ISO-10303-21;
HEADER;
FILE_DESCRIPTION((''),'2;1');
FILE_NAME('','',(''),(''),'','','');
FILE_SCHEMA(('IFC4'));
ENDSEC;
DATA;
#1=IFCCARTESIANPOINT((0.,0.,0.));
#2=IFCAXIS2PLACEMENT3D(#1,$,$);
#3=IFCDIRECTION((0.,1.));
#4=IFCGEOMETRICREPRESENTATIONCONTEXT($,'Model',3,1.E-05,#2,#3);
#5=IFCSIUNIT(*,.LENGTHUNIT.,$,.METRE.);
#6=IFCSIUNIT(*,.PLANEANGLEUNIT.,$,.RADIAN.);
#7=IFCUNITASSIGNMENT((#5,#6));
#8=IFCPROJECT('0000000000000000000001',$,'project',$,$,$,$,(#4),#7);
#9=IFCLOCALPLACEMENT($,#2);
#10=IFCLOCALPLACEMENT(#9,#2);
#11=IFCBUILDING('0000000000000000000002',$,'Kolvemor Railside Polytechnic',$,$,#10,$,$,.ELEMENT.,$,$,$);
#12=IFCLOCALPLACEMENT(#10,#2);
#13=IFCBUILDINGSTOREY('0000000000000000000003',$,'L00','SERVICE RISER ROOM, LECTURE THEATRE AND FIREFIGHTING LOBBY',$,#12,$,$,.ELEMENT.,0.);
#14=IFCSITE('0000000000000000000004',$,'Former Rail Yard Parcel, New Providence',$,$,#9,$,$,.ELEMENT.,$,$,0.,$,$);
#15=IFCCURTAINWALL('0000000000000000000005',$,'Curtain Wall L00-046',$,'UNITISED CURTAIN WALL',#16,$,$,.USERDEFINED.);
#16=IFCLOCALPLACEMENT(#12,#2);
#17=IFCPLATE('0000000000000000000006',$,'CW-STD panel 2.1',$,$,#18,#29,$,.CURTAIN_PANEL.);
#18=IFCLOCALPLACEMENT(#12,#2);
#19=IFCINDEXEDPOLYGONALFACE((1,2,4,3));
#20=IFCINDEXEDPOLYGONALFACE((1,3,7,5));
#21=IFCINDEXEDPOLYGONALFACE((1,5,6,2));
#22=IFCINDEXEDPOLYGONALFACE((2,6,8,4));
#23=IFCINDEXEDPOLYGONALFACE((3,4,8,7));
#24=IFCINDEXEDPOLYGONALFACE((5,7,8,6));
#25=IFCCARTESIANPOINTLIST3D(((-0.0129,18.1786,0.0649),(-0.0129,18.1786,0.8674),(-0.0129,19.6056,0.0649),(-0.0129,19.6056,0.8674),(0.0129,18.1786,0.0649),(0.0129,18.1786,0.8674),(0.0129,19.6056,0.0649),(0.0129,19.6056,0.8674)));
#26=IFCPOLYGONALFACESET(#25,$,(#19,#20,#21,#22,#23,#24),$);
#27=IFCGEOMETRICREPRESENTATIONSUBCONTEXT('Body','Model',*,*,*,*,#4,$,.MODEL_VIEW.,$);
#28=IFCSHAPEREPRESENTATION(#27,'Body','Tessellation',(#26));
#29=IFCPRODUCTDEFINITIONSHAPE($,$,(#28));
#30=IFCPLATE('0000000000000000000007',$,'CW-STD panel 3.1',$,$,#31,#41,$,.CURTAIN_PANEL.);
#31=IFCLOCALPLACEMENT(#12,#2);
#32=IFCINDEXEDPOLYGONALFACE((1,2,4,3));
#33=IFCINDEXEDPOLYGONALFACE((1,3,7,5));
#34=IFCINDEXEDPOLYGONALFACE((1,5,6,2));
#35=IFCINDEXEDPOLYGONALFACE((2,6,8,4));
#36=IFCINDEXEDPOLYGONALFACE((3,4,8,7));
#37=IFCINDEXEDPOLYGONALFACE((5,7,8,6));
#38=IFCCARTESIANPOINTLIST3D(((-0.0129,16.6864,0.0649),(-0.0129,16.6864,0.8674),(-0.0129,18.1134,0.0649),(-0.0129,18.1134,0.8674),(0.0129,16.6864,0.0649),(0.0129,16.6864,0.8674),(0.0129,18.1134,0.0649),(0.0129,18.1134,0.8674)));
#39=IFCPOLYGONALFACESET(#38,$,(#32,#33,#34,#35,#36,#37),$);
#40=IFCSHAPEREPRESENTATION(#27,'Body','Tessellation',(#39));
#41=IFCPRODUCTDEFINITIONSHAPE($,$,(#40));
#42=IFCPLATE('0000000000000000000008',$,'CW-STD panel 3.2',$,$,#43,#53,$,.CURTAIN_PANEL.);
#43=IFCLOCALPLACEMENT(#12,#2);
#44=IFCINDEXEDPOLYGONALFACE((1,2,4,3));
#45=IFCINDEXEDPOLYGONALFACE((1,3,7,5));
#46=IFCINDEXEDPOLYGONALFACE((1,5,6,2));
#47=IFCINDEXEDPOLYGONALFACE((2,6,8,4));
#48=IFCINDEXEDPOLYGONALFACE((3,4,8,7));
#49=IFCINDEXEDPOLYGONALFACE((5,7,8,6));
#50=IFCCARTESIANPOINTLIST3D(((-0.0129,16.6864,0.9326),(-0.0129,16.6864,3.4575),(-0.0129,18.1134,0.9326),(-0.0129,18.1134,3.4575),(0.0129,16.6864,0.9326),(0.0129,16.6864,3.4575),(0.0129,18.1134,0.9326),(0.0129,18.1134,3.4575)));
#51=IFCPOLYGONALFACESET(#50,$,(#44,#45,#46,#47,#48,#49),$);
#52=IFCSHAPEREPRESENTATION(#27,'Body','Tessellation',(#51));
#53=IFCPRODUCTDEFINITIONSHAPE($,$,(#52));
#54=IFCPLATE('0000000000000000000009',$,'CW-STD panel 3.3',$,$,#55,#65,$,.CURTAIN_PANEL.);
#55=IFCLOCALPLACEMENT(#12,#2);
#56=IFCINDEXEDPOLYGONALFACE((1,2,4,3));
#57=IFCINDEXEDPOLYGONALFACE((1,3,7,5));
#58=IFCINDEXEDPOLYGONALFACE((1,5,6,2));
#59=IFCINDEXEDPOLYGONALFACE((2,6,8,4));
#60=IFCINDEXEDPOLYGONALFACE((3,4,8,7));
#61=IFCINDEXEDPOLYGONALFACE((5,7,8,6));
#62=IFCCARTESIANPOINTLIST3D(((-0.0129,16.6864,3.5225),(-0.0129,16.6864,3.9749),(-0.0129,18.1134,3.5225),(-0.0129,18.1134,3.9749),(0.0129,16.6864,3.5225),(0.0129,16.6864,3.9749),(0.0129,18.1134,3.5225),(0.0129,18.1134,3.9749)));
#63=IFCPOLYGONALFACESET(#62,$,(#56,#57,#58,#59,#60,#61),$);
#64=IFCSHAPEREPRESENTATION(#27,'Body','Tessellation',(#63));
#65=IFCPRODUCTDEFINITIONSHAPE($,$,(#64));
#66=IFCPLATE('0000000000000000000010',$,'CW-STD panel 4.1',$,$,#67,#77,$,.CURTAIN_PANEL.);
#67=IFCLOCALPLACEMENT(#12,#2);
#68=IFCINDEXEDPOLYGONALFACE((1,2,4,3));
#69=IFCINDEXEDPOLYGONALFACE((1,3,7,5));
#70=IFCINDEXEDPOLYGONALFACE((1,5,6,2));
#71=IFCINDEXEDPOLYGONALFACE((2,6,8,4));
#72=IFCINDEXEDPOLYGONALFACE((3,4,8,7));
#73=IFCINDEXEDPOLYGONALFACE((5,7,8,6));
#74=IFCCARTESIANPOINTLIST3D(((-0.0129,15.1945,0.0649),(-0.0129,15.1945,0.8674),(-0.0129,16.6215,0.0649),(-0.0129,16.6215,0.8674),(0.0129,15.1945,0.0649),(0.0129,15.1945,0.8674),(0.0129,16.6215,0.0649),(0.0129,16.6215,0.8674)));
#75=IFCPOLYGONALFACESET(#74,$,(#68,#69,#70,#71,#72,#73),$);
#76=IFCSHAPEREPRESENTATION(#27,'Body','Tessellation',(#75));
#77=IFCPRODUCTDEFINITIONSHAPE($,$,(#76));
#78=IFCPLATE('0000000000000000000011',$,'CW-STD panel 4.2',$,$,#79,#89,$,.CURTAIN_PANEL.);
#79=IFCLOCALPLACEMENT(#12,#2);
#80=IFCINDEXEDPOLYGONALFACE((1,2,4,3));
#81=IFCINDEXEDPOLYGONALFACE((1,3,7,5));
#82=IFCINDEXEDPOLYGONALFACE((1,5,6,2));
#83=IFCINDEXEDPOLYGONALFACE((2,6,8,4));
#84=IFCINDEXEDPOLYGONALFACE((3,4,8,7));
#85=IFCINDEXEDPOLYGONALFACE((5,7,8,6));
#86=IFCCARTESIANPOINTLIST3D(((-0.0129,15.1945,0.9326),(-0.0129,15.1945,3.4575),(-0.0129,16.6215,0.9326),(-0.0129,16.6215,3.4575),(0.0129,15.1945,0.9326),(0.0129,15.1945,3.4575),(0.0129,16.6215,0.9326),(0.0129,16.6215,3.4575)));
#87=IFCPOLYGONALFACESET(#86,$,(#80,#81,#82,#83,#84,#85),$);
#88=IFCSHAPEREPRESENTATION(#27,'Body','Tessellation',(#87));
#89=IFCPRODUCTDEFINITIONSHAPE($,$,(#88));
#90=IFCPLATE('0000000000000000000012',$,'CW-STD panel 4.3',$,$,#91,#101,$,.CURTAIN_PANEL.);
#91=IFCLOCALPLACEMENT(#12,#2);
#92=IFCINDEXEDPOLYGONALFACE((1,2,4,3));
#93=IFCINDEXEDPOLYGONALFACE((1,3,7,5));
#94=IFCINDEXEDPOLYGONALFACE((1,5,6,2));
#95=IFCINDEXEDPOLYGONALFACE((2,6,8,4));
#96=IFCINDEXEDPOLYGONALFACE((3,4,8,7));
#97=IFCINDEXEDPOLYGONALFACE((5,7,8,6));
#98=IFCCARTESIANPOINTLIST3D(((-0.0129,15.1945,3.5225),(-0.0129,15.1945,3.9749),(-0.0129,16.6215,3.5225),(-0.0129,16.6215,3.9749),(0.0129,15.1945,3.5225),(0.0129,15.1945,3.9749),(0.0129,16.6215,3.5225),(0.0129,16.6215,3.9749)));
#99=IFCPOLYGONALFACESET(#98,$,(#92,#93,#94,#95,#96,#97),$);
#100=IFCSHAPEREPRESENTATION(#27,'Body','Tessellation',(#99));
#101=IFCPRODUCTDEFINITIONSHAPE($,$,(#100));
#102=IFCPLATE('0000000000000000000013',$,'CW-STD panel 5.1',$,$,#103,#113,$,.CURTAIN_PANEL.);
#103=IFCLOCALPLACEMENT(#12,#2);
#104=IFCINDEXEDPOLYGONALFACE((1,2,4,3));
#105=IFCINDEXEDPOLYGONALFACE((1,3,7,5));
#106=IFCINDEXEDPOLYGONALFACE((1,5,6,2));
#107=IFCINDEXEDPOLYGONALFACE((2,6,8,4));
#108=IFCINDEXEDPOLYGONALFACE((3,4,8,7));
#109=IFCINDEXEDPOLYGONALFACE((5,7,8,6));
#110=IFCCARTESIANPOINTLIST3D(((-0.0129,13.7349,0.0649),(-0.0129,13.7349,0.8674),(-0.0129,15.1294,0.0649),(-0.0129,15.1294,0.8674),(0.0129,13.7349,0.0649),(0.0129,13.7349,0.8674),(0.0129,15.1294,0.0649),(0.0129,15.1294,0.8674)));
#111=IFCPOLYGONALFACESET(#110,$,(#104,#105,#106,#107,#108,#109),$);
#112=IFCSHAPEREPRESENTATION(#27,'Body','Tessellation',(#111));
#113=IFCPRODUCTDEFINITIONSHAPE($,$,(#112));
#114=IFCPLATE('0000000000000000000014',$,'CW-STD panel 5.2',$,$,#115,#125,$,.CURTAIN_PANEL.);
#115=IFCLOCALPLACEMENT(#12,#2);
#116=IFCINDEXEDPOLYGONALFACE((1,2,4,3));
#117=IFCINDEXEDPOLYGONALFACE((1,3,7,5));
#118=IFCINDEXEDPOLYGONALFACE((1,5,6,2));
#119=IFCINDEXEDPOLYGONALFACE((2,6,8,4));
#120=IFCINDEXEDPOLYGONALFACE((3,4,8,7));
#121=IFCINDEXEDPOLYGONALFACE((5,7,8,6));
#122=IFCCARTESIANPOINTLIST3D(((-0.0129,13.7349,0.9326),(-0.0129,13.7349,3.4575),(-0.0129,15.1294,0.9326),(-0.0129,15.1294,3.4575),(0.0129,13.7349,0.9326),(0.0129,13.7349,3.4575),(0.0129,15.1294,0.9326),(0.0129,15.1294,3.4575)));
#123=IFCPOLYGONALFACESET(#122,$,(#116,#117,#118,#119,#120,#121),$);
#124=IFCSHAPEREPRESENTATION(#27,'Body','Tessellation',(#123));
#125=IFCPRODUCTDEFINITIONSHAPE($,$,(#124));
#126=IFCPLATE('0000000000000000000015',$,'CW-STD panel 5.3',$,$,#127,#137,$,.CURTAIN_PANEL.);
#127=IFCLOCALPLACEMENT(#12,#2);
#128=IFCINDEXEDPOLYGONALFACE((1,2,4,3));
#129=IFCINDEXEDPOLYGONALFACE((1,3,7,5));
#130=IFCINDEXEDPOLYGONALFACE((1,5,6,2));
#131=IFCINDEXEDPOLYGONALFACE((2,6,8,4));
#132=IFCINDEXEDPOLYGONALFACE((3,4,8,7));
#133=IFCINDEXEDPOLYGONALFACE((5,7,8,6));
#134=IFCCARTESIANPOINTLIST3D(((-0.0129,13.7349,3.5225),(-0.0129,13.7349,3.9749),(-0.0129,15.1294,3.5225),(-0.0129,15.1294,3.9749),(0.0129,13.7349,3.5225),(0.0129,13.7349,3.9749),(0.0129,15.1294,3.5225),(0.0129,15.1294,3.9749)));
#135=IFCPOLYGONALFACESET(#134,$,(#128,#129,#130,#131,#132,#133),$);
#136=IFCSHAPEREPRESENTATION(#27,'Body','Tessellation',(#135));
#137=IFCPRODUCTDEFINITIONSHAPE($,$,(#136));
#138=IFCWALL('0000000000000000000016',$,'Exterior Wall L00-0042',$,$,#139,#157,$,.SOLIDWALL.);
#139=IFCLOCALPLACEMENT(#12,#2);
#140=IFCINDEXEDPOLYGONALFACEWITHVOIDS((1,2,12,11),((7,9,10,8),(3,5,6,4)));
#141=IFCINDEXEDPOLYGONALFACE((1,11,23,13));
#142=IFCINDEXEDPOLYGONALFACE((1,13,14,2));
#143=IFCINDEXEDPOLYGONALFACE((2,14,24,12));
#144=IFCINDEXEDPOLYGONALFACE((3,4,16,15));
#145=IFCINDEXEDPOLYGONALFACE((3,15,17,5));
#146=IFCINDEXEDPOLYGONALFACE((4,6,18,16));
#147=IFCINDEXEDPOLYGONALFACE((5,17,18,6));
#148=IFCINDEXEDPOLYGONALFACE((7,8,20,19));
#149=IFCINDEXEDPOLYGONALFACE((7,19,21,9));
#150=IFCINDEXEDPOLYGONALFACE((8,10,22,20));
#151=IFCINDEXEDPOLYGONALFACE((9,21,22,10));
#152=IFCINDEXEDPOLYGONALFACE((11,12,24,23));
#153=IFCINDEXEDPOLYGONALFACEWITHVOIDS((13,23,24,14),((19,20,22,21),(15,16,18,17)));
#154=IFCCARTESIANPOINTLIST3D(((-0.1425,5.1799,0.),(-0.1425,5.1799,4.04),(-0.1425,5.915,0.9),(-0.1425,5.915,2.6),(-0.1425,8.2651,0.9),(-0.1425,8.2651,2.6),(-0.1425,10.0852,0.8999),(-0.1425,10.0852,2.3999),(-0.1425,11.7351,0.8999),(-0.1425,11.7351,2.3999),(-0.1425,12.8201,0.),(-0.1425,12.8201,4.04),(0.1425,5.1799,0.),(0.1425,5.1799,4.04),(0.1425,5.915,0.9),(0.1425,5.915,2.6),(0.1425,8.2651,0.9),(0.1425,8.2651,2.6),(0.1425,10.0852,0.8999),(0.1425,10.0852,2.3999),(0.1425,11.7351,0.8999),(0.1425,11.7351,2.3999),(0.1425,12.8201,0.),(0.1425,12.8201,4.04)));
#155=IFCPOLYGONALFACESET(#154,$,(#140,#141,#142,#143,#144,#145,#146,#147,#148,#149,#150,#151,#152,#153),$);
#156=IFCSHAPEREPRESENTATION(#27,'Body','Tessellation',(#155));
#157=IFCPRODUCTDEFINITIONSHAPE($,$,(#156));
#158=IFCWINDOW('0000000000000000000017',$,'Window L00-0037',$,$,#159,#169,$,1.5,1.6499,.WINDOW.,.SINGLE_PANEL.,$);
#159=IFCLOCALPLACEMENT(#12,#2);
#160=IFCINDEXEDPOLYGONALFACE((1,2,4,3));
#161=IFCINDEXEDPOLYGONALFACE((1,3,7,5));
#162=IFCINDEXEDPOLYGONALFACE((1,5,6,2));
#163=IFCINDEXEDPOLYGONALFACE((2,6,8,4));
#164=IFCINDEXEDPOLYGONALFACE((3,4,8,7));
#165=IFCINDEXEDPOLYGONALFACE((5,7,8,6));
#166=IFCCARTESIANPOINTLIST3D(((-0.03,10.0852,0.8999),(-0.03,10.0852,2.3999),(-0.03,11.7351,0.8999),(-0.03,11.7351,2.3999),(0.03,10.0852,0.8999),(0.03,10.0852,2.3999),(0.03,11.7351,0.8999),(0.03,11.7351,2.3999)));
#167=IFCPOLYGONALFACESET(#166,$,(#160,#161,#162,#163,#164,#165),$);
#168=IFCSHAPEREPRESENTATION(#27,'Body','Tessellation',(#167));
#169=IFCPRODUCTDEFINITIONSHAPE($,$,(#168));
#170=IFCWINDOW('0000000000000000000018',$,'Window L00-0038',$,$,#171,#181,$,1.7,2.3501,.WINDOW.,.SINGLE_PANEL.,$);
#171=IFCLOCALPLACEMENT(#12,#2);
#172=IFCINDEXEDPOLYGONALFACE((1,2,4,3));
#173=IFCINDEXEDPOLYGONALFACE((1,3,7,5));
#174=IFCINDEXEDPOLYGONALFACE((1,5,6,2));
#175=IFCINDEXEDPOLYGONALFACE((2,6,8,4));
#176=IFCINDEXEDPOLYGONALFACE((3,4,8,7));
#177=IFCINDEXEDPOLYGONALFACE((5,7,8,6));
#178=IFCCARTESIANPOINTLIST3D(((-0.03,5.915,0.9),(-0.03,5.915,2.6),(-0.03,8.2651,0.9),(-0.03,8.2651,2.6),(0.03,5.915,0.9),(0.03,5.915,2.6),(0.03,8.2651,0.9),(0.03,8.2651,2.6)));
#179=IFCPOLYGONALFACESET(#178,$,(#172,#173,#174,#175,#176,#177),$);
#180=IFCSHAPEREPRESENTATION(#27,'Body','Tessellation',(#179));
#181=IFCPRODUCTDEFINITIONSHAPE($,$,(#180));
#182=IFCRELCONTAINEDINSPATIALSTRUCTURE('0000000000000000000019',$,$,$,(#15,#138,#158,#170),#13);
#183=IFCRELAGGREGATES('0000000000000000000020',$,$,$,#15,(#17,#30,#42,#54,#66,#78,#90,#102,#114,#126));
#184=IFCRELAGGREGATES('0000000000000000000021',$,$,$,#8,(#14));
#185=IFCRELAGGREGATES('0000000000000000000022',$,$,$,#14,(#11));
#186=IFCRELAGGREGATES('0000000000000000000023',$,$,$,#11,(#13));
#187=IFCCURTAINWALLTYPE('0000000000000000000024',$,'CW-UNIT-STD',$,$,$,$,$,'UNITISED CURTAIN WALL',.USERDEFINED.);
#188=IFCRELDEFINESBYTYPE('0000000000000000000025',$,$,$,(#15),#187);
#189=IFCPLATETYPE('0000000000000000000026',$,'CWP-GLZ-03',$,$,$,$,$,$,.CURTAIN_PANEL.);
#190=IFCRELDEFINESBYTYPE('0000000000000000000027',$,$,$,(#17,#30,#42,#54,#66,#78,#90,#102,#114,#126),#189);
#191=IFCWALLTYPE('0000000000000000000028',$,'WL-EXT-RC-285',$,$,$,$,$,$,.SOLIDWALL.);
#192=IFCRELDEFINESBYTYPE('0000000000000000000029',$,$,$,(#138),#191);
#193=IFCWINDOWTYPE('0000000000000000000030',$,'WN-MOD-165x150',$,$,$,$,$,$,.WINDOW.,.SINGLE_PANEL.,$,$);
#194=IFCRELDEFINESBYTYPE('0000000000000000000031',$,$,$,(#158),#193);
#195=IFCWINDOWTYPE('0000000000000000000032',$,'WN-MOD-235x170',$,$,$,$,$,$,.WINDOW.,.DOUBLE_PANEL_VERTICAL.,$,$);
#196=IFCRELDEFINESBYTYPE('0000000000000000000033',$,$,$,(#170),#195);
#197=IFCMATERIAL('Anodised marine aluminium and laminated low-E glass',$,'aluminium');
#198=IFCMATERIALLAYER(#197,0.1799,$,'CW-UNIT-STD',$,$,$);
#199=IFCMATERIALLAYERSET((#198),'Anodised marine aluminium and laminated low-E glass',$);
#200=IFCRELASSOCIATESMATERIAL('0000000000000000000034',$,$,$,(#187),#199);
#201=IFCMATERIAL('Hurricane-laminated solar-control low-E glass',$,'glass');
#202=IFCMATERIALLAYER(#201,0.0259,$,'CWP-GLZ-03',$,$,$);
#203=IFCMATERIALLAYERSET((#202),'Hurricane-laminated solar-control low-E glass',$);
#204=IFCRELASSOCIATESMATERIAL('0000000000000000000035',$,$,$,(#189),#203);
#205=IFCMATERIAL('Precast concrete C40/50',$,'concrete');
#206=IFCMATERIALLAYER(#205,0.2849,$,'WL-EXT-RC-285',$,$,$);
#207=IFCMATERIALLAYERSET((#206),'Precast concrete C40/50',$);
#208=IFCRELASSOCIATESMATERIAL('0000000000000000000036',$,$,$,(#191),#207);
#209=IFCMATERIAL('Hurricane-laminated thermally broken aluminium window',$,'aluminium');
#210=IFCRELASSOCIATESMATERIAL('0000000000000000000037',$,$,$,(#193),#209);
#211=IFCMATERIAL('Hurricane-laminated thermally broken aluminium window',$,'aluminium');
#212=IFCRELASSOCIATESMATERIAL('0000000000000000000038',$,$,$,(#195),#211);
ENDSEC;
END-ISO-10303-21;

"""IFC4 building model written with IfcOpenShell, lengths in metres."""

from ifc_helpers import new_model, si_unit, direction, frame, frame_2d, origin, origin_2d, place, context, subcontext, project, spatial, rectangle, extrude, material, layer, layer_set, type_object, element, fill, aggregate, save


model = new_model("IFC4")

# Units and contexts
model_context = context("Model", 3, precision=1e-05, world=origin(), true_north=direction((0.0, 1.0)))
body_context = subcontext(model_context, "Body", "Model", "MODEL_VIEW")
ifc_project = project(units=[si_unit("LENGTHUNIT", "METRE"), si_unit("PLANEANGLEUNIT", "RADIAN")], contexts=[model_context])

# Site, building, storey
site_placement = place(None, origin())
site = spatial("IfcSite", under=ifc_project, at=site_placement, Name="Former Rail Yard Parcel, New Providence", CompositionType="ELEMENT", RefElevation=0.0)
building_placement = place(site_placement, origin())
building = spatial("IfcBuilding", under=site, at=building_placement, Name="Kolvemor Railside Polytechnic", CompositionType="ELEMENT")
storey_placement = place(building_placement, origin())
storey = spatial("IfcBuildingStorey", under=building, at=storey_placement, Name="L00", Description="SERVICE RISER ROOM, LECTURE THEATRE AND FIREFIGHTING LOBBY", CompositionType="ELEMENT", Elevation=0.0)

# Curtain wall, plates
ifc_material_1 = material(Name="Anodised marine aluminium and laminated low-E glass", Category="aluminium")
ifc_layer_1 = layer(ifc_material_1, 0.1799, Name="CW-UNIT-STD")
ifc_layer_set_1 = layer_set([ifc_layer_1], Name="Anodised marine aluminium and laminated low-E glass")
curtain_wall_type = type_object("IfcCurtainWallType", Name="CW-UNIT-STD", ElementType="UNITISED CURTAIN WALL", PredefinedType="USERDEFINED", material=ifc_layer_set_1)
curtain_wall_placement = place(storey_placement, origin())
curtain_wall = element("IfcCurtainWall", 1, at=curtain_wall_placement, inside=storey, type_object=curtain_wall_type, Name="Curtain Wall L00-046", ObjectType="UNITISED CURTAIN WALL", PredefinedType="USERDEFINED")
ifc_material_2 = material(Name="Hurricane-laminated solar-control low-E glass", Category="glass")
ifc_layer_2 = layer(ifc_material_2, 0.0259, Name="CWP-GLZ-03")
ifc_layer_set_2 = layer_set([ifc_layer_2], Name="Hurricane-laminated solar-control low-E glass")
plate_type = type_object("IfcPlateType", Name="CWP-GLZ-03", PredefinedType="CURTAIN_PANEL", material=ifc_layer_set_2)
plate_1_placement = place(storey_placement, frame((0.0, 18.8921, 0.0649), z_axis=(0.0, 0.0, 1.0), x_axis=(0.0, -1.0, 0.0)))
plate_1 = element("IfcPlate", 2, at=plate_1_placement, type_object=plate_type, Name="CW-STD panel 2.1", PredefinedType="CURTAIN_PANEL", context=body_context, shape_type="SweptSolid", body=[
    extrude(rectangle(XDim=1.427, YDim=0.0259, at=origin_2d()), origin(), (0.0, 0.0, 1.0), 0.8025),
])
plate_2_placement = place(storey_placement, frame((0.0, 17.3999, 0.0649), z_axis=(0.0, 0.0, 1.0), x_axis=(0.0, -1.0, 0.0)))
plate_2 = element("IfcPlate", 3, at=plate_2_placement, type_object=plate_type, Name="CW-STD panel 3.1", PredefinedType="CURTAIN_PANEL", context=body_context, shape_type="SweptSolid", body=[
    extrude(rectangle(XDim=1.427, YDim=0.0259, at=origin_2d()), origin(), (0.0, 0.0, 1.0), 0.8025),
])
plate_3_placement = place(storey_placement, frame((0.0, 17.3999, 0.9326), z_axis=(0.0, 0.0, 1.0), x_axis=(0.0, -1.0, 0.0)))
plate_3 = element("IfcPlate", 4, at=plate_3_placement, type_object=plate_type, Name="CW-STD panel 3.2", PredefinedType="CURTAIN_PANEL", context=body_context, shape_type="SweptSolid", body=[
    extrude(rectangle(XDim=1.427, YDim=0.0259, at=origin_2d()), origin(), (0.0, 0.0, 1.0), 2.5249),
])
plate_4_placement = place(storey_placement, frame((0.0, 17.3999, 3.5225), z_axis=(0.0, 0.0, 1.0), x_axis=(0.0, -1.0, 0.0)))
plate_4 = element("IfcPlate", 5, at=plate_4_placement, type_object=plate_type, Name="CW-STD panel 3.3", PredefinedType="CURTAIN_PANEL", context=body_context, shape_type="SweptSolid", body=[
    extrude(rectangle(XDim=1.427, YDim=0.0259, at=origin_2d()), origin(), (0.0, 0.0, 1.0), 0.4524),
])
plate_5_placement = place(storey_placement, frame((0.0, 15.908, 0.0649), z_axis=(0.0, 0.0, 1.0), x_axis=(0.0, -1.0, 0.0)))
plate_5 = element("IfcPlate", 6, at=plate_5_placement, type_object=plate_type, Name="CW-STD panel 4.1", PredefinedType="CURTAIN_PANEL", context=body_context, shape_type="SweptSolid", body=[
    extrude(rectangle(XDim=1.427, YDim=0.0259, at=origin_2d()), origin(), (0.0, 0.0, 1.0), 0.8025),
])
plate_6_placement = place(storey_placement, frame((0.0, 15.908, 0.9326), z_axis=(0.0, 0.0, 1.0), x_axis=(0.0, -1.0, 0.0)))
plate_6 = element("IfcPlate", 7, at=plate_6_placement, type_object=plate_type, Name="CW-STD panel 4.2", PredefinedType="CURTAIN_PANEL", context=body_context, shape_type="SweptSolid", body=[
    extrude(rectangle(XDim=1.427, YDim=0.0259, at=origin_2d()), origin(), (0.0, 0.0, 1.0), 2.5249),
])
plate_7_placement = place(storey_placement, frame((0.0, 15.908, 3.5225), z_axis=(0.0, 0.0, 1.0), x_axis=(0.0, -1.0, 0.0)))
plate_7 = element("IfcPlate", 8, at=plate_7_placement, type_object=plate_type, Name="CW-STD panel 4.3", PredefinedType="CURTAIN_PANEL", context=body_context, shape_type="SweptSolid", body=[
    extrude(rectangle(XDim=1.427, YDim=0.0259, at=origin_2d()), origin(), (0.0, 0.0, 1.0), 0.4524),
])
plate_8_placement = place(storey_placement, frame((0.0, 14.4321, 0.0649), z_axis=(0.0, 0.0, 1.0), x_axis=(0.0, -1.0, 0.0)))
plate_8 = element("IfcPlate", 9, at=plate_8_placement, type_object=plate_type, Name="CW-STD panel 5.1", PredefinedType="CURTAIN_PANEL", context=body_context, shape_type="SweptSolid", body=[
    extrude(rectangle(XDim=1.3945, YDim=0.0259, at=origin_2d()), origin(), (0.0, 0.0, 1.0), 0.8025),
])
plate_9_placement = place(storey_placement, frame((0.0, 14.4321, 0.9326), z_axis=(0.0, 0.0, 1.0), x_axis=(0.0, -1.0, 0.0)))
plate_9 = element("IfcPlate", 10, at=plate_9_placement, type_object=plate_type, Name="CW-STD panel 5.2", PredefinedType="CURTAIN_PANEL", context=body_context, shape_type="SweptSolid", body=[
    extrude(rectangle(XDim=1.3945, YDim=0.0259, at=origin_2d()), origin(), (0.0, 0.0, 1.0), 2.5249),
])
plate_10_placement = place(storey_placement, frame((0.0, 14.4321, 3.5225), z_axis=(0.0, 0.0, 1.0), x_axis=(0.0, -1.0, 0.0)))
plate_10 = element("IfcPlate", 11, at=plate_10_placement, type_object=plate_type, Name="CW-STD panel 5.3", PredefinedType="CURTAIN_PANEL", context=body_context, shape_type="SweptSolid", body=[
    extrude(rectangle(XDim=1.3945, YDim=0.0259, at=origin_2d()), origin(), (0.0, 0.0, 1.0), 0.4524),
])
aggregate(curtain_wall, [plate_1, plate_2, plate_3, plate_4, plate_5, plate_6, plate_7, plate_8, plate_9, plate_10])

# Wall, openings, windows
ifc_material_3 = material(Name="Precast concrete C40/50", Category="concrete")
ifc_layer_3 = layer(ifc_material_3, 0.2849, Name="WL-EXT-RC-285")
ifc_layer_set_3 = layer_set([ifc_layer_3], Name="Precast concrete C40/50")
wall_type = type_object("IfcWallType", Name="WL-EXT-RC-285", PredefinedType="SOLIDWALL", material=ifc_layer_set_3)
wall_placement = place(storey_placement, frame((0.0, 12.8201, 0.0), z_axis=(0.0, 0.0, 1.0), x_axis=(0.0, -1.0, 0.0)))
wall = element("IfcWall", 12, at=wall_placement, inside=storey, type_object=wall_type, Name="Exterior Wall L00-0042", PredefinedType="SOLIDWALL", context=body_context, shape_type="SweptSolid", body=[
    extrude(rectangle(XDim=7.6401, YDim=0.2849, at=frame_2d((3.8201, 0.0))), origin(), (0.0, 0.0, 1.0), 4.04),
])
opening_1_placement = place(wall_placement, frame((1.085, 0.0, 0.8999)))
opening_1 = element("IfcOpeningElement", 13, at=opening_1_placement, cuts=wall, PredefinedType="OPENING", context=body_context, shape_type="SweptSolid", body=[
    extrude(rectangle(XDim=1.6499, YDim=1.5, at=frame_2d((0.825, 0.75))), frame((0.0, 0.1523, 0.0), z_axis=(0.0, -1.0, 0.0), x_axis=(1.0, 0.0, 0.0)), (0.0, 0.0, 1.0), 0.3049),
])
opening_2_placement = place(wall_placement, frame((4.5549, 0.0, 0.8999)))
opening_2 = element("IfcOpeningElement", 14, at=opening_2_placement, cuts=wall, PredefinedType="OPENING", context=body_context, shape_type="SweptSolid", body=[
    extrude(rectangle(XDim=2.3501, YDim=1.7, at=frame_2d((1.175, 0.8501))), frame((0.0, 0.1523, 0.0), z_axis=(0.0, -1.0, 0.0), x_axis=(1.0, 0.0, 0.0)), (0.0, 0.0, 1.0), 0.3049),
])
ifc_material_4 = material(Name="Hurricane-laminated thermally broken aluminium window", Category="aluminium")
window_type_1 = type_object("IfcWindowType", Name="WN-MOD-165x150", PartitioningType="SINGLE_PANEL", PredefinedType="WINDOW", material=ifc_material_4)
window_1_placement = place(opening_1_placement, origin())
window_1 = element("IfcWindow", 15, at=window_1_placement, inside=storey, type_object=window_type_1, Name="Window L00-0037", OverallHeight=1.5, OverallWidth=1.6499, PartitioningType="SINGLE_PANEL", PredefinedType="WINDOW", context=body_context, shape_type="SweptSolid", body=[
    extrude(rectangle(XDim=1.6499, YDim=1.5, at=frame_2d((0.825, 0.75))), frame((0.0, 0.03, 0.0), z_axis=(0.0, -1.0, 0.0), x_axis=(1.0, 0.0, 0.0)), (0.0, 0.0, 1.0), 0.0601),
])
fill(opening_1, window_1)
ifc_material_5 = material(Name="Hurricane-laminated thermally broken aluminium window", Category="aluminium")
window_type_2 = type_object("IfcWindowType", Name="WN-MOD-235x170", PartitioningType="DOUBLE_PANEL_VERTICAL", PredefinedType="WINDOW", material=ifc_material_5)
window_2_placement = place(opening_2_placement, origin())
window_2 = element("IfcWindow", 16, at=window_2_placement, inside=storey, type_object=window_type_2, Name="Window L00-0038", OverallHeight=1.7, OverallWidth=2.3501, PartitioningType="SINGLE_PANEL", PredefinedType="WINDOW", context=body_context, shape_type="SweptSolid", body=[
    extrude(rectangle(XDim=2.3501, YDim=1.7, at=frame_2d((1.175, 0.8501))), frame((0.0, 0.03, 0.0), z_axis=(0.0, -1.0, 0.0), x_axis=(1.0, 0.0, 0.0)), (0.0, 0.0, 1.0), 0.0601),
])
fill(opening_2, window_2)

save(model, "model.ifc")
